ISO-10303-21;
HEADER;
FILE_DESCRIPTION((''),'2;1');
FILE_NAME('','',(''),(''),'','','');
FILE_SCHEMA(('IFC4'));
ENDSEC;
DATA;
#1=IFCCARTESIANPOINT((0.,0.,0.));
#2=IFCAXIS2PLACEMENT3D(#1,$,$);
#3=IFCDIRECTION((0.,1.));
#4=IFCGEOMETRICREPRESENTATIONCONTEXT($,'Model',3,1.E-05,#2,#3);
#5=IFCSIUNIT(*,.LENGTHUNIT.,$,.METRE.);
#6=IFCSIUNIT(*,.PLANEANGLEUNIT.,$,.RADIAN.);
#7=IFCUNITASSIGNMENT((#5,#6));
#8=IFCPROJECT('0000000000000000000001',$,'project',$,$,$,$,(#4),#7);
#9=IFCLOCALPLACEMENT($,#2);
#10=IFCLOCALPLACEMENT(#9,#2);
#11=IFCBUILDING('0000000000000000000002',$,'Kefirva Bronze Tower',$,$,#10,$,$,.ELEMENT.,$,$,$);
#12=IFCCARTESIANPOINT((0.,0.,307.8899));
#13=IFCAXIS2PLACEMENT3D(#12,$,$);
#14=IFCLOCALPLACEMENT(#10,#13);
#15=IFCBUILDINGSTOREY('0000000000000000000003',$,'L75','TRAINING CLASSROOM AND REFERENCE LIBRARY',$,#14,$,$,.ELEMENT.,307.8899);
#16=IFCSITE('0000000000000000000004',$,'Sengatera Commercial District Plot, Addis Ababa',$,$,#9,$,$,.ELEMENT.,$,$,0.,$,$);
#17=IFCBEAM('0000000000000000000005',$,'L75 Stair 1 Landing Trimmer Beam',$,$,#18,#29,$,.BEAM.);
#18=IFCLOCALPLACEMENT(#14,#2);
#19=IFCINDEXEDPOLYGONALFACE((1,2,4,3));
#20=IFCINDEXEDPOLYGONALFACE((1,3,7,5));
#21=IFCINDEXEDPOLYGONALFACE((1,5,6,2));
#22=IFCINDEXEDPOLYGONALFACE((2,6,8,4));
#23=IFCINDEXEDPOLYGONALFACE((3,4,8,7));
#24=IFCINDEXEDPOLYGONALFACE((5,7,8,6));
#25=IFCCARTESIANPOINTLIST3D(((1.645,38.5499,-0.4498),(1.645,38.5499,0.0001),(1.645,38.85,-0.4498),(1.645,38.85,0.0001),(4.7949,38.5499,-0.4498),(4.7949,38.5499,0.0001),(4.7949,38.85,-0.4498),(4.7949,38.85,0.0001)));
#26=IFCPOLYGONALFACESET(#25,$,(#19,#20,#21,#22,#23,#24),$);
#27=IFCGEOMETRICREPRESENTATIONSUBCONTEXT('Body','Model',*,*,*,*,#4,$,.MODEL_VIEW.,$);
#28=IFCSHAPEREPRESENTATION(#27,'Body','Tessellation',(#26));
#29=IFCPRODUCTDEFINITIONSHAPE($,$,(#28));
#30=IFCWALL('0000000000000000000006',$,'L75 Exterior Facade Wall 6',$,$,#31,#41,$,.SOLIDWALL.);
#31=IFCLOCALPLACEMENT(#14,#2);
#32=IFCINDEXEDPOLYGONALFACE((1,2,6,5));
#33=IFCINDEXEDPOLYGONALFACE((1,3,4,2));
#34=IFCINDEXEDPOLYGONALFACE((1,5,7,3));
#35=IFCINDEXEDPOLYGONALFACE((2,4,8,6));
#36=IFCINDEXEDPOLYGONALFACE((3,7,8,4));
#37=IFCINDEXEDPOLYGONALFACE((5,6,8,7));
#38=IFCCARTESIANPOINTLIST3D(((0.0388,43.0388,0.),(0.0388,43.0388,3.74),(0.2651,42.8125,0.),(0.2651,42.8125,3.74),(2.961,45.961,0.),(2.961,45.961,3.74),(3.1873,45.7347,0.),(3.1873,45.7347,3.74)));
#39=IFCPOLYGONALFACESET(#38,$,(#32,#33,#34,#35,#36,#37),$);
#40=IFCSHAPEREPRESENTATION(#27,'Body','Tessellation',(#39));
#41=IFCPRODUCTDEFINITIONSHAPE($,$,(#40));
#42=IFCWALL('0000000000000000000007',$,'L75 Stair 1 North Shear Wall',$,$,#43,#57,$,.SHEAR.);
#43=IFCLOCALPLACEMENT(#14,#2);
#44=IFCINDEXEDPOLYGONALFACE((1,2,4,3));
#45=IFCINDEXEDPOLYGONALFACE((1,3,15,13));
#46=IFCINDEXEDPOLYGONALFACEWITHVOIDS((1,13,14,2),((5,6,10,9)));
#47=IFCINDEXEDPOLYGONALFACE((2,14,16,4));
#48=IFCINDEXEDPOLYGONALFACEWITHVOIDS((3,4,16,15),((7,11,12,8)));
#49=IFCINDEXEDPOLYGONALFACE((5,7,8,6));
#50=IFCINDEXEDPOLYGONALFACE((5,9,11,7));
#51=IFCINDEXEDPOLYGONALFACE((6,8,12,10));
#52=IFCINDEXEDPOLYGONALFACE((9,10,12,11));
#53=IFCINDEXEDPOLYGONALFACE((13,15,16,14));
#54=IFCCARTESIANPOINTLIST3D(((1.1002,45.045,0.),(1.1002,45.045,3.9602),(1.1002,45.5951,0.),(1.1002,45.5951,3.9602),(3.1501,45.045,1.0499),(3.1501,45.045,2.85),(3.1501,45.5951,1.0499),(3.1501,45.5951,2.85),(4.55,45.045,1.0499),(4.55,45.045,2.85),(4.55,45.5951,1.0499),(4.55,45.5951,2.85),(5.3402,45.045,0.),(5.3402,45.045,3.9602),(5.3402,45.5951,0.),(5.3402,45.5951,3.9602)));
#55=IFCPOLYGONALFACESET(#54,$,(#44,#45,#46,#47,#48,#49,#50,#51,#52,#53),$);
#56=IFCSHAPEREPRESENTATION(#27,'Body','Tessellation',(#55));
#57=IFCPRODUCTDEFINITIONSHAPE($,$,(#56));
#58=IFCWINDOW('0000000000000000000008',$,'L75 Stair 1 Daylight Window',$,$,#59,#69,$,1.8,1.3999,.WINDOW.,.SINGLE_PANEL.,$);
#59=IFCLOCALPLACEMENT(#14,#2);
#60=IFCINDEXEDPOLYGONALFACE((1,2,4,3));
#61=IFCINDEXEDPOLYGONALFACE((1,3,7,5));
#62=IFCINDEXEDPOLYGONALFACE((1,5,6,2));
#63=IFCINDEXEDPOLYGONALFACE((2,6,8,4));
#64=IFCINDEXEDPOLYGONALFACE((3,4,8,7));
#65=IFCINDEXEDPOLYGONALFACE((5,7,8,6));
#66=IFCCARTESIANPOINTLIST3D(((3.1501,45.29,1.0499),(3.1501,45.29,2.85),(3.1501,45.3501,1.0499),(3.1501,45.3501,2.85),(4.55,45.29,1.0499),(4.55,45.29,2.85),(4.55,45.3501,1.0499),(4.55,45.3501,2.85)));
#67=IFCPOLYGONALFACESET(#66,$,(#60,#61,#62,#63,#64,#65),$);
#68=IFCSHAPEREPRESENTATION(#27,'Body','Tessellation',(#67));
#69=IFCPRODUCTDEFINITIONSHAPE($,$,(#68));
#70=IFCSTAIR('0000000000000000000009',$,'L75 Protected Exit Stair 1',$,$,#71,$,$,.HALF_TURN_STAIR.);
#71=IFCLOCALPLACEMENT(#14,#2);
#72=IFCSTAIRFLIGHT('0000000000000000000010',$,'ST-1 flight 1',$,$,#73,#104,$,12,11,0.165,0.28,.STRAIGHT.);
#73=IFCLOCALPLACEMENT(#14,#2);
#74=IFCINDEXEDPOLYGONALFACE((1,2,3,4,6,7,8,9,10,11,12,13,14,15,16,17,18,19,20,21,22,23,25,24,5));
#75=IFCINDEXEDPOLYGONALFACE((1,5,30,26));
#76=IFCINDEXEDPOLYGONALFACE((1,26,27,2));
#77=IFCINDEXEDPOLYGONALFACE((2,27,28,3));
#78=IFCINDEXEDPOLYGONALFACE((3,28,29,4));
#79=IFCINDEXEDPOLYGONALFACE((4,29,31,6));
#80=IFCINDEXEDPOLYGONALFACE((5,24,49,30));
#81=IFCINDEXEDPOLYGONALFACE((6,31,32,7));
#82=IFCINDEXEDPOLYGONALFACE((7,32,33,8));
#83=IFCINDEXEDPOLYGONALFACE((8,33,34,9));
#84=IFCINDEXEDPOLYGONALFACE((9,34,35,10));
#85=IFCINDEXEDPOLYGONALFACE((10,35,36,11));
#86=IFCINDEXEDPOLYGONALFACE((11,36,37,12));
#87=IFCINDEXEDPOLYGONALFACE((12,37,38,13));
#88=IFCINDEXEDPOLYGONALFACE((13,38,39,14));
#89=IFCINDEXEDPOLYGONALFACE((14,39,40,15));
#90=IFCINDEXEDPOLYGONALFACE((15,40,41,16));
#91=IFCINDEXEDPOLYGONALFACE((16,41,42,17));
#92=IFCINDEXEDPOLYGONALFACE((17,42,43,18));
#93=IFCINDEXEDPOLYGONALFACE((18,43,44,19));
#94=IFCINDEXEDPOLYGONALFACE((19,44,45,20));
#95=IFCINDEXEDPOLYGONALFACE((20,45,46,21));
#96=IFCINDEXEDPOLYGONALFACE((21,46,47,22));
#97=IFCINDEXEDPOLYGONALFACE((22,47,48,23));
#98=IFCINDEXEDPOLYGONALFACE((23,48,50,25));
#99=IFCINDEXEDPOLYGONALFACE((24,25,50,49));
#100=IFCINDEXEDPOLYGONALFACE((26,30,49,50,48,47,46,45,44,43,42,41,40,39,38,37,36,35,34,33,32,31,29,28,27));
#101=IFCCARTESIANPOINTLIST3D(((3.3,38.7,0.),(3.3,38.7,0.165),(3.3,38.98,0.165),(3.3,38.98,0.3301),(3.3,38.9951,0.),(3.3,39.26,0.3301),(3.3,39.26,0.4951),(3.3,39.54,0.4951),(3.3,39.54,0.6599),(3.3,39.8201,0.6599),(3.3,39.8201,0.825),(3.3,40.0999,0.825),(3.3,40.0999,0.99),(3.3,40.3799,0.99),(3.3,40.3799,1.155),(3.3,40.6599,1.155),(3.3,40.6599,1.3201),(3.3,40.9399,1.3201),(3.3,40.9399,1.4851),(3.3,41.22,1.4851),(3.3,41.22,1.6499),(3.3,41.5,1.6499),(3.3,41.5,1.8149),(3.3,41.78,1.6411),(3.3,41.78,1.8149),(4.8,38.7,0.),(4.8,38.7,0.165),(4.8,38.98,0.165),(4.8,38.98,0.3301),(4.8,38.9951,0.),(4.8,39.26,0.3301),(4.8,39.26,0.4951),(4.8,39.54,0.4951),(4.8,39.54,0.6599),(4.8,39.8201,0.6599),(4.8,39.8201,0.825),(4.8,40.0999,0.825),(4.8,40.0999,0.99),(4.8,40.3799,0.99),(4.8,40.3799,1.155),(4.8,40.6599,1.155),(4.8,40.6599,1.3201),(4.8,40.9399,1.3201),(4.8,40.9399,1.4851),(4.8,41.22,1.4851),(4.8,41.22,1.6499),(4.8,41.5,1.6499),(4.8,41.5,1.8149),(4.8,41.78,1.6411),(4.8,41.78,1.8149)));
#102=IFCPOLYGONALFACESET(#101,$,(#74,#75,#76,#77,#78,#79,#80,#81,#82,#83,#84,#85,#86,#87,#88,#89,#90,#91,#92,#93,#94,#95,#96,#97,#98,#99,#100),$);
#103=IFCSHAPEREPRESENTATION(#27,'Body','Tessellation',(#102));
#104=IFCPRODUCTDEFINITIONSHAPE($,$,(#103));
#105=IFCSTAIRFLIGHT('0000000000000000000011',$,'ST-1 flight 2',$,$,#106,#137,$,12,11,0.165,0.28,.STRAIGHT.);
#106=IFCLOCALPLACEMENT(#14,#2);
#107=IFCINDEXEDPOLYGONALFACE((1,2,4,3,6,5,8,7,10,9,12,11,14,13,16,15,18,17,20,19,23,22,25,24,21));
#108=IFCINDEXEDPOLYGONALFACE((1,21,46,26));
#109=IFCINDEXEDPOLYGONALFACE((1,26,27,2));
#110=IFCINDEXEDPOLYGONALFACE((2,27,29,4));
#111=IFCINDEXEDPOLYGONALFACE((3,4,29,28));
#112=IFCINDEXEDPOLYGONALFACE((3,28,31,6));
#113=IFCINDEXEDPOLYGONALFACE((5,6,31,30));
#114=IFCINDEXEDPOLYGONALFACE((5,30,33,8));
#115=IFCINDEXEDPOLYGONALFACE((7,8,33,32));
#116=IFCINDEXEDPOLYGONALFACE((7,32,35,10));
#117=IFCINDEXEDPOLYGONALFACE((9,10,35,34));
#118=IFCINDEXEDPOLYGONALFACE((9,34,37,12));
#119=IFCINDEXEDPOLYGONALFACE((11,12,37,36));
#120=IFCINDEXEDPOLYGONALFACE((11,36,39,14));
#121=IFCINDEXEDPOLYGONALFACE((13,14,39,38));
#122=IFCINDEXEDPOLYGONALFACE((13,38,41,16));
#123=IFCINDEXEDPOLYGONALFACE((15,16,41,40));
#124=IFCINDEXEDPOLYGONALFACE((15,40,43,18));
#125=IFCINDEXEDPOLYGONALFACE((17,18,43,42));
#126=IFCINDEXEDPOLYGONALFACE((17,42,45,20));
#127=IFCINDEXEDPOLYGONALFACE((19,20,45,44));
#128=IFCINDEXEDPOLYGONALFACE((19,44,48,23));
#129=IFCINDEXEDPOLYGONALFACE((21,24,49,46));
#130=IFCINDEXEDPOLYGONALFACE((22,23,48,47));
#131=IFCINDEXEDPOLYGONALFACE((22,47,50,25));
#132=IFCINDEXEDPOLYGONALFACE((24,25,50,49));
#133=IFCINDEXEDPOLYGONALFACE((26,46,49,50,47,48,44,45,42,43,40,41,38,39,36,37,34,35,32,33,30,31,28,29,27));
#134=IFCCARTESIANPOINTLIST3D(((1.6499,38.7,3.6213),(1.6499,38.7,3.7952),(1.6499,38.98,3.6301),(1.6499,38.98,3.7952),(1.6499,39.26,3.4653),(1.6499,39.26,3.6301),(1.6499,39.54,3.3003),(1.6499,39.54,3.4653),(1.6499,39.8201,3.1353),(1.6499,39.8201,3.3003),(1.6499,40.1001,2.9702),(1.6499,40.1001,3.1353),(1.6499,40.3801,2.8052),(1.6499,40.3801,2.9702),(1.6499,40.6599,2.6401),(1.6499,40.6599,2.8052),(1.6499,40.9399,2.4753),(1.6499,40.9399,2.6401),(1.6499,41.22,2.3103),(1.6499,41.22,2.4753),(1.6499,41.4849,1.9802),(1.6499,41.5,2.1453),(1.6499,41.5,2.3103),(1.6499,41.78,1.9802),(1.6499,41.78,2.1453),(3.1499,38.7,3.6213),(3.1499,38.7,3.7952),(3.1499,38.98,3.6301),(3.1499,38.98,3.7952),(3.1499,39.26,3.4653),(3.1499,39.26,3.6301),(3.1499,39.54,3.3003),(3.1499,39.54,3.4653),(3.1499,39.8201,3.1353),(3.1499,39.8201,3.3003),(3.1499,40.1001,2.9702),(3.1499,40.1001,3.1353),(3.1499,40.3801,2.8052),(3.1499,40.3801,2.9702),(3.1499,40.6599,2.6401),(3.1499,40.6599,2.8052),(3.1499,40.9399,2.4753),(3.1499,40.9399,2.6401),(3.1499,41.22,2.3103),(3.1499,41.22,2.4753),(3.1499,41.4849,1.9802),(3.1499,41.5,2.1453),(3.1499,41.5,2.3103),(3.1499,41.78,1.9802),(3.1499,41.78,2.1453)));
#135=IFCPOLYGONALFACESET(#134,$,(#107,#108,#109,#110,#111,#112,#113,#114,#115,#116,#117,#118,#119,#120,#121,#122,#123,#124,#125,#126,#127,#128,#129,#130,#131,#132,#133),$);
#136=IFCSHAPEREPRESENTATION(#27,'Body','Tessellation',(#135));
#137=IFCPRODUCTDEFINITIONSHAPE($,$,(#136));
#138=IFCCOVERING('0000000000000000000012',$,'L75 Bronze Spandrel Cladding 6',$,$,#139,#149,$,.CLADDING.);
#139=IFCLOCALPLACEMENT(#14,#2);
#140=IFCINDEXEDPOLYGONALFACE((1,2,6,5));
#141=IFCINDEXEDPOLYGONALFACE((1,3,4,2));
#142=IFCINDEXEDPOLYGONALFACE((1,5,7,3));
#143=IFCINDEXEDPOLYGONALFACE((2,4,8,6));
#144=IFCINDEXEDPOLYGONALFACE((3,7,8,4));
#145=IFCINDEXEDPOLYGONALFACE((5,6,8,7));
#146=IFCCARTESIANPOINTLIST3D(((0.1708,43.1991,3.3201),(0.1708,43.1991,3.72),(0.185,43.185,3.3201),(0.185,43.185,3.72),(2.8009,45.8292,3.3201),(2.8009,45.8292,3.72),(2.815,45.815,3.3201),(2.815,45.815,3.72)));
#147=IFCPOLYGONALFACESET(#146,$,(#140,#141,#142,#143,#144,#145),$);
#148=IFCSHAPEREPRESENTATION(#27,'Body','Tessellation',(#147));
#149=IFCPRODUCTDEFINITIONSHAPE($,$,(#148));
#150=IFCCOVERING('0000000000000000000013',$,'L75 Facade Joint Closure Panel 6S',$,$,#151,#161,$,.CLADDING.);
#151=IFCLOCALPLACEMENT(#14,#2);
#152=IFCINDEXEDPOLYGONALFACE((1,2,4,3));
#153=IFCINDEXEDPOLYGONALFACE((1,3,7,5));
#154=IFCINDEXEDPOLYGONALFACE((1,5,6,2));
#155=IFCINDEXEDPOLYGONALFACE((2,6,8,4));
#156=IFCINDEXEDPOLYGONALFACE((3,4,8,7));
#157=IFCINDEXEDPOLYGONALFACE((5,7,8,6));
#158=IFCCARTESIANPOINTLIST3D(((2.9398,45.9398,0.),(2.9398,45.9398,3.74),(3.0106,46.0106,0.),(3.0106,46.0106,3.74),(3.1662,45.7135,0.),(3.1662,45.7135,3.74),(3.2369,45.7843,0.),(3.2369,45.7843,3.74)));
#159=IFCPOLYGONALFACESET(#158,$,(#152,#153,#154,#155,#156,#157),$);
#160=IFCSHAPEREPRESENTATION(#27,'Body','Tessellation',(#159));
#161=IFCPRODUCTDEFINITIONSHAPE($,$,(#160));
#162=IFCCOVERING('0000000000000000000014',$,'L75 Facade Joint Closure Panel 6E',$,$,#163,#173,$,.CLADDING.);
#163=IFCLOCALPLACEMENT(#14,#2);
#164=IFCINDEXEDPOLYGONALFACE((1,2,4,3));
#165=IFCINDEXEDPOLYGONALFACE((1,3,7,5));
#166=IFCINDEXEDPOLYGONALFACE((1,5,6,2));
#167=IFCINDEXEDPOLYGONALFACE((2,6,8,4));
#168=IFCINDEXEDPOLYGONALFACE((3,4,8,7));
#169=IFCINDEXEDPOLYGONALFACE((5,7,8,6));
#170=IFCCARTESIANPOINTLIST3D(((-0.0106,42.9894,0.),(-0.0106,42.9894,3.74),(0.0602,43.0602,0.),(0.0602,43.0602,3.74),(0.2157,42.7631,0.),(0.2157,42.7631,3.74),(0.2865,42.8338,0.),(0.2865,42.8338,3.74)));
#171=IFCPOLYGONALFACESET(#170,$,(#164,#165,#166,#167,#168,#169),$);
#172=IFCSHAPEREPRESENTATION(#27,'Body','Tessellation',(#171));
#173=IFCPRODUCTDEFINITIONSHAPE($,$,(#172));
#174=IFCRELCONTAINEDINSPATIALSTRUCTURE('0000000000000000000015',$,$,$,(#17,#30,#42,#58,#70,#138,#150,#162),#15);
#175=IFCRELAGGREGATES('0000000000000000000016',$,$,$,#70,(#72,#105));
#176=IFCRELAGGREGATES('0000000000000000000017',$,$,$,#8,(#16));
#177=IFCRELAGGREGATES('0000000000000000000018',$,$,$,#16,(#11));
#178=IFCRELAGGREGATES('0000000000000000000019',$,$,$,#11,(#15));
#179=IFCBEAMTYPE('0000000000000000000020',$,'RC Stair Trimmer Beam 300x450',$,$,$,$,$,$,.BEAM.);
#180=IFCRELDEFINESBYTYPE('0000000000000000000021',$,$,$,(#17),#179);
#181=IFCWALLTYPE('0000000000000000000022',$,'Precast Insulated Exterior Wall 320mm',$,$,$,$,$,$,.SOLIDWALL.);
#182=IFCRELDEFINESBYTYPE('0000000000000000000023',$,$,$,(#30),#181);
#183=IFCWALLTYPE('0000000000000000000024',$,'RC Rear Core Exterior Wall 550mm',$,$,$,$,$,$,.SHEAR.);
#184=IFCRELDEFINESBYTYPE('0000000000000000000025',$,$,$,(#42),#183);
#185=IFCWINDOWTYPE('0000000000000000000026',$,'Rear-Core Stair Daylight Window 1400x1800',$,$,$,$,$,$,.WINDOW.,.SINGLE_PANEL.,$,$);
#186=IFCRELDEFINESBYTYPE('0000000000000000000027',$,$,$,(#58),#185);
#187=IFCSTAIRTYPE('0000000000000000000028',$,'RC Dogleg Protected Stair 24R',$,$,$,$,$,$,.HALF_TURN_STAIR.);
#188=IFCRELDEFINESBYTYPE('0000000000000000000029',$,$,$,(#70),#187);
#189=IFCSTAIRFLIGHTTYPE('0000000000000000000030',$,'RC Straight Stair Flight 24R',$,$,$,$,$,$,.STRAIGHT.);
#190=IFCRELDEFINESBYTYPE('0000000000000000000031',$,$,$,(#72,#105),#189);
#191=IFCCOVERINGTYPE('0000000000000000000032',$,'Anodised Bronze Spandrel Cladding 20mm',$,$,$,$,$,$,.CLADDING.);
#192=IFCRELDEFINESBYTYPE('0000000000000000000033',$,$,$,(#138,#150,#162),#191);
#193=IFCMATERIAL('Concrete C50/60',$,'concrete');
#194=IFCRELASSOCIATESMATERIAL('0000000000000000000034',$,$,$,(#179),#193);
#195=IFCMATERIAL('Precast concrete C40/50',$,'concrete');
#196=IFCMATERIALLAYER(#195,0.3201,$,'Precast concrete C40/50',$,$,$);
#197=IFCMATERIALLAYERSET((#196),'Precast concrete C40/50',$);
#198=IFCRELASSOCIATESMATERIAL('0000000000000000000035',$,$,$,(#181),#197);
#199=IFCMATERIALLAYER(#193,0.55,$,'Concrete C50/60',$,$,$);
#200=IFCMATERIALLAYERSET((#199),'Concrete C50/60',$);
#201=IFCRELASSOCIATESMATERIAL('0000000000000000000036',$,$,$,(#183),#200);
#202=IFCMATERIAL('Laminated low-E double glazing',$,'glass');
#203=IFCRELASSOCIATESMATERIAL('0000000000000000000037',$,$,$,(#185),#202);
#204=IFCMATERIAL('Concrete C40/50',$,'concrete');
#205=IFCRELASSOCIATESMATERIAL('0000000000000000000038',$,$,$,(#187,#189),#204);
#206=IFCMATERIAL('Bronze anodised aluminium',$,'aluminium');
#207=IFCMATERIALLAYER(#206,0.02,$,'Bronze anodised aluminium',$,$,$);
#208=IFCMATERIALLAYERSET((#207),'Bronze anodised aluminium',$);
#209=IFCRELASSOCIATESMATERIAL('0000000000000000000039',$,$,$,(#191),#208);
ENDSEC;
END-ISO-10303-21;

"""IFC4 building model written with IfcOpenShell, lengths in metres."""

from ifc_helpers import new_model, si_unit, direction, frame, frame_2d, origin, origin_2d, place, context, subcontext, project, spatial, polyline, rectangle, outline, extrude, material, layer, layer_set, material_profile, profile_set, type_object, element, fill, aggregate, save


model = new_model("IFC4")

# Units and contexts
model_context = context("Model", 3, precision=1e-05, world=origin(), true_north=direction((0.0, 1.0)))
body_context = subcontext(model_context, "Body", "Model", "MODEL_VIEW")
ifc_project = project(units=[si_unit("LENGTHUNIT", "METRE"), si_unit("PLANEANGLEUNIT", "RADIAN")], contexts=[model_context])

# Site, building, storey
site_placement = place(None, origin())
site = spatial("IfcSite", under=ifc_project, at=site_placement, Name="Sengatera Commercial District Plot, Addis Ababa", CompositionType="ELEMENT", RefElevation=0.0)
building_placement = place(site_placement, origin())
building = spatial("IfcBuilding", under=site, at=building_placement, Name="Kefirva Bronze Tower", CompositionType="ELEMENT")
storey_placement = place(building_placement, frame((0.0, 0.0, 307.8899)))
storey = spatial("IfcBuildingStorey", under=building, at=storey_placement, Name="L75", Description="TRAINING CLASSROOM AND REFERENCE LIBRARY", CompositionType="ELEMENT", Elevation=307.8899)

# Beam
ifc_material_1 = material(Name="Concrete C50/60", Category="concrete")
ifc_material_profile = material_profile(ifc_material_1, rectangle(XDim=0.3, YDim=0.45, at=origin_2d()), Name="RC 300x450")
ifc_profile_set = profile_set([ifc_material_profile], Name="Concrete C50/60")
beam_type = type_object("IfcBeamType", Name="RC Stair Trimmer Beam 300x450", PredefinedType="BEAM", material=ifc_profile_set)
beam_placement = place(storey_placement, frame((1.645, 38.7, -0.2249), z_axis=(1.0, 0.0, 0.0), x_axis=(0.0, 1.0, 0.0)))
element("IfcBeam", 1, at=beam_placement, inside=storey, type_object=beam_type, Name="L75 Stair 1 Landing Trimmer Beam", PredefinedType="BEAM", context=body_context, shape_type="SweptSolid", body=[
    extrude(rectangle(XDim=0.3, YDim=0.45, at=origin_2d()), origin(), (0.0, 0.0, 1.0), 3.1499),
])

# Wall
ifc_material_2 = material(Name="Precast concrete C40/50", Category="concrete")
ifc_layer_1 = layer(ifc_material_2, 0.3201, Name="Precast concrete C40/50")
ifc_layer_set_1 = layer_set([ifc_layer_1], Name="Precast concrete C40/50")
wall_type_1 = type_object("IfcWallType", Name="Precast Insulated Exterior Wall 320mm", PredefinedType="SOLIDWALL", material=ifc_layer_set_1)
wall_1_placement = place(storey_placement, frame((3.0742, 45.8479, 0.0), z_axis=(0.0, 0.0, 1.0), x_axis=(-0.707107, -0.707107, 0.0)))
element("IfcWall", 2, at=wall_1_placement, inside=storey, type_object=wall_type_1, Name="L75 Exterior Facade Wall 6", PredefinedType="SOLIDWALL", context=body_context, shape_type="SweptSolid", body=[
    extrude(rectangle(XDim=4.1326, YDim=0.3201, at=frame_2d((2.0664, 0.0))), origin(), (0.0, 0.0, 1.0), 3.74),
])

# Wall, opening, window
ifc_layer_2 = layer(ifc_material_1, 0.55, Name="Concrete C50/60")
ifc_layer_set_2 = layer_set([ifc_layer_2], Name="Concrete C50/60")
wall_type_2 = type_object("IfcWallType", Name="RC Rear Core Exterior Wall 550mm", PredefinedType="SHEAR", material=ifc_layer_set_2)
wall_2_placement = place(storey_placement, frame((1.1001, 45.3201, 0.0), z_axis=(0.0, 0.0, 1.0), x_axis=(1.0, 0.0, 0.0)))
wall_2 = element("IfcWall", 3, at=wall_2_placement, inside=storey, type_object=wall_type_2, Name="L75 Stair 1 North Shear Wall", PredefinedType="SHEAR", context=body_context, shape_type="SweptSolid", body=[
    extrude(rectangle(XDim=4.24, YDim=0.55, at=frame_2d((2.1201, 0.0))), origin(), (0.0, 0.0, 1.0), 3.9602),
])
opening_1_placement = place(wall_2_placement, frame((2.05, 0.0, 1.05)))
opening_1 = element("IfcOpeningElement", 4, at=opening_1_placement, cuts=wall_2, PredefinedType="OPENING", context=body_context, shape_type="SweptSolid", body=[
    extrude(rectangle(XDim=1.3999, YDim=1.8, at=frame_2d((0.7, 0.8999))), frame((0.0, 0.2852, 0.0), z_axis=(0.0, -1.0, 0.0), x_axis=(1.0, 0.0, 0.0)), (0.0, 0.0, 1.0), 0.5701),
])
ifc_material_3 = material(Name="Laminated low-E double glazing", Category="glass")
window_type = type_object("IfcWindowType", Name="Rear-Core Stair Daylight Window 1400x1800", PartitioningType="SINGLE_PANEL", PredefinedType="WINDOW", material=ifc_material_3)
window_placement = place(opening_1_placement, origin())
window = element("IfcWindow", 5, at=window_placement, inside=storey, type_object=window_type, Name="L75 Stair 1 Daylight Window", OverallHeight=1.8, OverallWidth=1.3999, PartitioningType="SINGLE_PANEL", PredefinedType="WINDOW", context=body_context, shape_type="SweptSolid", body=[
    extrude(rectangle(XDim=1.3999, YDim=1.8, at=frame_2d((0.7, 0.8999))), frame((0.0, 0.03, 0.0), z_axis=(0.0, -1.0, 0.0), x_axis=(1.0, 0.0, 0.0)), (0.0, 0.0, 1.0), 0.0601),
])
fill(opening_1, window)

# Stair, stair flights
ifc_material_4 = material(Name="Concrete C40/50", Category="concrete")
stair_type = type_object("IfcStairType", Name="RC Dogleg Protected Stair 24R", PredefinedType="HALF_TURN_STAIR", material=ifc_material_4)
stair_placement = place(storey_placement, origin())
stair = element("IfcStair", 6, at=stair_placement, inside=storey, type_object=stair_type, Name="L75 Protected Exit Stair 1", PredefinedType="HALF_TURN_STAIR")
stair_flight_type = type_object("IfcStairFlightType", Name="RC Straight Stair Flight 24R", PredefinedType="STRAIGHT", material=ifc_material_4)
stair_flight_1_placement = place(storey_placement, frame((4.05, 38.7, 0.0), z_axis=(0.0, 0.0, 1.0), x_axis=(0.0, 1.0, 0.0)))
stair_flight_1 = element("IfcStairFlight", 7, at=stair_flight_1_placement, type_object=stair_flight_type, Name="ST-1 flight 1", NumberOfRisers=12, NumberOfTreads=11, PredefinedType="STRAIGHT", RiserHeight=0.165, TreadLength=0.28, context=body_context, shape_type="SweptSolid", body=[
    extrude(outline(polyline([(0.0, 0.0), (0.0, 0.165), (0.28, 0.165), (0.28, 0.3301), (0.5601, 0.3301), (0.5601, 0.4951), (0.8401, 0.4951), (0.8401, 0.6599), (1.1201, 0.6599), (1.1201, 0.825), (1.3999, 0.825), (1.3999, 0.99), (1.6799, 0.99), (1.6799, 1.155), (1.96, 1.155), (1.96, 1.3201), (2.24, 1.3201), (2.24, 1.4851), (2.52, 1.4851), (2.52, 1.6499), (2.8, 1.6499), (2.8, 1.8149), (3.0801, 1.8149), (3.0801, 1.98), (3.0801, 1.6411), (0.2952, 0.0), (0.0, 0.0)])), frame((0.0, 0.75, 0.0), z_axis=(0.0, -1.0, 0.0), x_axis=(1.0, 0.0, 0.0)), (0.0, 0.0, 1.0), 1.5),
])
stair_flight_2_placement = place(storey_placement, frame((2.3999, 41.78, 1.9802), z_axis=(0.0, 0.0, 1.0), x_axis=(0.0, -1.0, 0.0)))
stair_flight_2 = element("IfcStairFlight", 8, at=stair_flight_2_placement, type_object=stair_flight_type, Name="ST-1 flight 2", NumberOfRisers=12, NumberOfTreads=11, PredefinedType="STRAIGHT", RiserHeight=0.165, TreadLength=0.28, context=body_context, shape_type="SweptSolid", body=[
    extrude(outline(polyline([(0.0, 0.0), (0.0, 0.165), (0.28, 0.165), (0.28, 0.3301), (0.5601, 0.3301), (0.5601, 0.4951), (0.8401, 0.4951), (0.8401, 0.6599), (1.1201, 0.6599), (1.1201, 0.825), (1.3999, 0.825), (1.3999, 0.99), (1.6799, 0.99), (1.6799, 1.155), (1.96, 1.155), (1.96, 1.3201), (2.24, 1.3201), (2.24, 1.4851), (2.52, 1.4851), (2.52, 1.6499), (2.8, 1.6499), (2.8, 1.8149), (3.0801, 1.8149), (3.0801, 1.98), (3.0801, 1.6411), (0.2952, 0.0), (0.0, 0.0)])), frame((0.0, 0.75, 0.0), z_axis=(0.0, -1.0, 0.0), x_axis=(1.0, 0.0, 0.0)), (0.0, 0.0, 1.0), 1.5),
])
aggregate(stair, [stair_flight_1, stair_flight_2])

# Coverings
ifc_material_5 = material(Name="Bronze anodised aluminium", Category="aluminium")
ifc_layer_3 = layer(ifc_material_5, 0.02, Name="Bronze anodised aluminium")
ifc_layer_set_3 = layer_set([ifc_layer_3], Name="Bronze anodised aluminium")
covering_type_1 = type_object("IfcCoveringType", Name="Anodised Bronze Spandrel Cladding 20mm", PredefinedType="CLADDING", material=ifc_layer_set_3)
covering_1_placement = place(storey_placement, frame((1.4929, 44.5071, 3.3201), z_axis=(0.0, 0.0, 1.0), x_axis=(-0.707107, -0.707107, 0.0)))
element("IfcCovering", 9, at=covering_1_placement, inside=storey, type_object=covering_type_1, Name="L75 Bronze Spandrel Cladding 6", PredefinedType="CLADDING", context=body_context, shape_type="SweptSolid", body=[
    extrude(rectangle(XDim=3.7195, YDim=0.02, at=origin_2d()), origin(), (0.0, 0.0, 1.0), 0.3999),
])
for number, where, z_axis, x_axis, name in (
    (10, (3.0884, 45.8621, 0.0), (0.0, 0.0, 1.0), (-0.707107, -0.707107, 0.0), "L75 Facade Joint Closure Panel 6S"),
    (11, (0.1379, 42.9116, 0.0), (0.0, 0.0, 1.0), (-0.707107, -0.707107, 0.0), "L75 Facade Joint Closure Panel 6E"),
):
    element("IfcCovering", number, at=place(storey_placement, frame(where, z_axis=z_axis, x_axis=x_axis)), inside=storey, type_object=covering_type_1, Name=name, PredefinedType="CLADDING", context=body_context, shape_type="SweptSolid", body=[
        extrude(rectangle(XDim=0.1001, YDim=0.3201, at=origin_2d()), origin(), (0.0, 0.0, 1.0), 3.74),
    ])

save(model, "model.ifc")
